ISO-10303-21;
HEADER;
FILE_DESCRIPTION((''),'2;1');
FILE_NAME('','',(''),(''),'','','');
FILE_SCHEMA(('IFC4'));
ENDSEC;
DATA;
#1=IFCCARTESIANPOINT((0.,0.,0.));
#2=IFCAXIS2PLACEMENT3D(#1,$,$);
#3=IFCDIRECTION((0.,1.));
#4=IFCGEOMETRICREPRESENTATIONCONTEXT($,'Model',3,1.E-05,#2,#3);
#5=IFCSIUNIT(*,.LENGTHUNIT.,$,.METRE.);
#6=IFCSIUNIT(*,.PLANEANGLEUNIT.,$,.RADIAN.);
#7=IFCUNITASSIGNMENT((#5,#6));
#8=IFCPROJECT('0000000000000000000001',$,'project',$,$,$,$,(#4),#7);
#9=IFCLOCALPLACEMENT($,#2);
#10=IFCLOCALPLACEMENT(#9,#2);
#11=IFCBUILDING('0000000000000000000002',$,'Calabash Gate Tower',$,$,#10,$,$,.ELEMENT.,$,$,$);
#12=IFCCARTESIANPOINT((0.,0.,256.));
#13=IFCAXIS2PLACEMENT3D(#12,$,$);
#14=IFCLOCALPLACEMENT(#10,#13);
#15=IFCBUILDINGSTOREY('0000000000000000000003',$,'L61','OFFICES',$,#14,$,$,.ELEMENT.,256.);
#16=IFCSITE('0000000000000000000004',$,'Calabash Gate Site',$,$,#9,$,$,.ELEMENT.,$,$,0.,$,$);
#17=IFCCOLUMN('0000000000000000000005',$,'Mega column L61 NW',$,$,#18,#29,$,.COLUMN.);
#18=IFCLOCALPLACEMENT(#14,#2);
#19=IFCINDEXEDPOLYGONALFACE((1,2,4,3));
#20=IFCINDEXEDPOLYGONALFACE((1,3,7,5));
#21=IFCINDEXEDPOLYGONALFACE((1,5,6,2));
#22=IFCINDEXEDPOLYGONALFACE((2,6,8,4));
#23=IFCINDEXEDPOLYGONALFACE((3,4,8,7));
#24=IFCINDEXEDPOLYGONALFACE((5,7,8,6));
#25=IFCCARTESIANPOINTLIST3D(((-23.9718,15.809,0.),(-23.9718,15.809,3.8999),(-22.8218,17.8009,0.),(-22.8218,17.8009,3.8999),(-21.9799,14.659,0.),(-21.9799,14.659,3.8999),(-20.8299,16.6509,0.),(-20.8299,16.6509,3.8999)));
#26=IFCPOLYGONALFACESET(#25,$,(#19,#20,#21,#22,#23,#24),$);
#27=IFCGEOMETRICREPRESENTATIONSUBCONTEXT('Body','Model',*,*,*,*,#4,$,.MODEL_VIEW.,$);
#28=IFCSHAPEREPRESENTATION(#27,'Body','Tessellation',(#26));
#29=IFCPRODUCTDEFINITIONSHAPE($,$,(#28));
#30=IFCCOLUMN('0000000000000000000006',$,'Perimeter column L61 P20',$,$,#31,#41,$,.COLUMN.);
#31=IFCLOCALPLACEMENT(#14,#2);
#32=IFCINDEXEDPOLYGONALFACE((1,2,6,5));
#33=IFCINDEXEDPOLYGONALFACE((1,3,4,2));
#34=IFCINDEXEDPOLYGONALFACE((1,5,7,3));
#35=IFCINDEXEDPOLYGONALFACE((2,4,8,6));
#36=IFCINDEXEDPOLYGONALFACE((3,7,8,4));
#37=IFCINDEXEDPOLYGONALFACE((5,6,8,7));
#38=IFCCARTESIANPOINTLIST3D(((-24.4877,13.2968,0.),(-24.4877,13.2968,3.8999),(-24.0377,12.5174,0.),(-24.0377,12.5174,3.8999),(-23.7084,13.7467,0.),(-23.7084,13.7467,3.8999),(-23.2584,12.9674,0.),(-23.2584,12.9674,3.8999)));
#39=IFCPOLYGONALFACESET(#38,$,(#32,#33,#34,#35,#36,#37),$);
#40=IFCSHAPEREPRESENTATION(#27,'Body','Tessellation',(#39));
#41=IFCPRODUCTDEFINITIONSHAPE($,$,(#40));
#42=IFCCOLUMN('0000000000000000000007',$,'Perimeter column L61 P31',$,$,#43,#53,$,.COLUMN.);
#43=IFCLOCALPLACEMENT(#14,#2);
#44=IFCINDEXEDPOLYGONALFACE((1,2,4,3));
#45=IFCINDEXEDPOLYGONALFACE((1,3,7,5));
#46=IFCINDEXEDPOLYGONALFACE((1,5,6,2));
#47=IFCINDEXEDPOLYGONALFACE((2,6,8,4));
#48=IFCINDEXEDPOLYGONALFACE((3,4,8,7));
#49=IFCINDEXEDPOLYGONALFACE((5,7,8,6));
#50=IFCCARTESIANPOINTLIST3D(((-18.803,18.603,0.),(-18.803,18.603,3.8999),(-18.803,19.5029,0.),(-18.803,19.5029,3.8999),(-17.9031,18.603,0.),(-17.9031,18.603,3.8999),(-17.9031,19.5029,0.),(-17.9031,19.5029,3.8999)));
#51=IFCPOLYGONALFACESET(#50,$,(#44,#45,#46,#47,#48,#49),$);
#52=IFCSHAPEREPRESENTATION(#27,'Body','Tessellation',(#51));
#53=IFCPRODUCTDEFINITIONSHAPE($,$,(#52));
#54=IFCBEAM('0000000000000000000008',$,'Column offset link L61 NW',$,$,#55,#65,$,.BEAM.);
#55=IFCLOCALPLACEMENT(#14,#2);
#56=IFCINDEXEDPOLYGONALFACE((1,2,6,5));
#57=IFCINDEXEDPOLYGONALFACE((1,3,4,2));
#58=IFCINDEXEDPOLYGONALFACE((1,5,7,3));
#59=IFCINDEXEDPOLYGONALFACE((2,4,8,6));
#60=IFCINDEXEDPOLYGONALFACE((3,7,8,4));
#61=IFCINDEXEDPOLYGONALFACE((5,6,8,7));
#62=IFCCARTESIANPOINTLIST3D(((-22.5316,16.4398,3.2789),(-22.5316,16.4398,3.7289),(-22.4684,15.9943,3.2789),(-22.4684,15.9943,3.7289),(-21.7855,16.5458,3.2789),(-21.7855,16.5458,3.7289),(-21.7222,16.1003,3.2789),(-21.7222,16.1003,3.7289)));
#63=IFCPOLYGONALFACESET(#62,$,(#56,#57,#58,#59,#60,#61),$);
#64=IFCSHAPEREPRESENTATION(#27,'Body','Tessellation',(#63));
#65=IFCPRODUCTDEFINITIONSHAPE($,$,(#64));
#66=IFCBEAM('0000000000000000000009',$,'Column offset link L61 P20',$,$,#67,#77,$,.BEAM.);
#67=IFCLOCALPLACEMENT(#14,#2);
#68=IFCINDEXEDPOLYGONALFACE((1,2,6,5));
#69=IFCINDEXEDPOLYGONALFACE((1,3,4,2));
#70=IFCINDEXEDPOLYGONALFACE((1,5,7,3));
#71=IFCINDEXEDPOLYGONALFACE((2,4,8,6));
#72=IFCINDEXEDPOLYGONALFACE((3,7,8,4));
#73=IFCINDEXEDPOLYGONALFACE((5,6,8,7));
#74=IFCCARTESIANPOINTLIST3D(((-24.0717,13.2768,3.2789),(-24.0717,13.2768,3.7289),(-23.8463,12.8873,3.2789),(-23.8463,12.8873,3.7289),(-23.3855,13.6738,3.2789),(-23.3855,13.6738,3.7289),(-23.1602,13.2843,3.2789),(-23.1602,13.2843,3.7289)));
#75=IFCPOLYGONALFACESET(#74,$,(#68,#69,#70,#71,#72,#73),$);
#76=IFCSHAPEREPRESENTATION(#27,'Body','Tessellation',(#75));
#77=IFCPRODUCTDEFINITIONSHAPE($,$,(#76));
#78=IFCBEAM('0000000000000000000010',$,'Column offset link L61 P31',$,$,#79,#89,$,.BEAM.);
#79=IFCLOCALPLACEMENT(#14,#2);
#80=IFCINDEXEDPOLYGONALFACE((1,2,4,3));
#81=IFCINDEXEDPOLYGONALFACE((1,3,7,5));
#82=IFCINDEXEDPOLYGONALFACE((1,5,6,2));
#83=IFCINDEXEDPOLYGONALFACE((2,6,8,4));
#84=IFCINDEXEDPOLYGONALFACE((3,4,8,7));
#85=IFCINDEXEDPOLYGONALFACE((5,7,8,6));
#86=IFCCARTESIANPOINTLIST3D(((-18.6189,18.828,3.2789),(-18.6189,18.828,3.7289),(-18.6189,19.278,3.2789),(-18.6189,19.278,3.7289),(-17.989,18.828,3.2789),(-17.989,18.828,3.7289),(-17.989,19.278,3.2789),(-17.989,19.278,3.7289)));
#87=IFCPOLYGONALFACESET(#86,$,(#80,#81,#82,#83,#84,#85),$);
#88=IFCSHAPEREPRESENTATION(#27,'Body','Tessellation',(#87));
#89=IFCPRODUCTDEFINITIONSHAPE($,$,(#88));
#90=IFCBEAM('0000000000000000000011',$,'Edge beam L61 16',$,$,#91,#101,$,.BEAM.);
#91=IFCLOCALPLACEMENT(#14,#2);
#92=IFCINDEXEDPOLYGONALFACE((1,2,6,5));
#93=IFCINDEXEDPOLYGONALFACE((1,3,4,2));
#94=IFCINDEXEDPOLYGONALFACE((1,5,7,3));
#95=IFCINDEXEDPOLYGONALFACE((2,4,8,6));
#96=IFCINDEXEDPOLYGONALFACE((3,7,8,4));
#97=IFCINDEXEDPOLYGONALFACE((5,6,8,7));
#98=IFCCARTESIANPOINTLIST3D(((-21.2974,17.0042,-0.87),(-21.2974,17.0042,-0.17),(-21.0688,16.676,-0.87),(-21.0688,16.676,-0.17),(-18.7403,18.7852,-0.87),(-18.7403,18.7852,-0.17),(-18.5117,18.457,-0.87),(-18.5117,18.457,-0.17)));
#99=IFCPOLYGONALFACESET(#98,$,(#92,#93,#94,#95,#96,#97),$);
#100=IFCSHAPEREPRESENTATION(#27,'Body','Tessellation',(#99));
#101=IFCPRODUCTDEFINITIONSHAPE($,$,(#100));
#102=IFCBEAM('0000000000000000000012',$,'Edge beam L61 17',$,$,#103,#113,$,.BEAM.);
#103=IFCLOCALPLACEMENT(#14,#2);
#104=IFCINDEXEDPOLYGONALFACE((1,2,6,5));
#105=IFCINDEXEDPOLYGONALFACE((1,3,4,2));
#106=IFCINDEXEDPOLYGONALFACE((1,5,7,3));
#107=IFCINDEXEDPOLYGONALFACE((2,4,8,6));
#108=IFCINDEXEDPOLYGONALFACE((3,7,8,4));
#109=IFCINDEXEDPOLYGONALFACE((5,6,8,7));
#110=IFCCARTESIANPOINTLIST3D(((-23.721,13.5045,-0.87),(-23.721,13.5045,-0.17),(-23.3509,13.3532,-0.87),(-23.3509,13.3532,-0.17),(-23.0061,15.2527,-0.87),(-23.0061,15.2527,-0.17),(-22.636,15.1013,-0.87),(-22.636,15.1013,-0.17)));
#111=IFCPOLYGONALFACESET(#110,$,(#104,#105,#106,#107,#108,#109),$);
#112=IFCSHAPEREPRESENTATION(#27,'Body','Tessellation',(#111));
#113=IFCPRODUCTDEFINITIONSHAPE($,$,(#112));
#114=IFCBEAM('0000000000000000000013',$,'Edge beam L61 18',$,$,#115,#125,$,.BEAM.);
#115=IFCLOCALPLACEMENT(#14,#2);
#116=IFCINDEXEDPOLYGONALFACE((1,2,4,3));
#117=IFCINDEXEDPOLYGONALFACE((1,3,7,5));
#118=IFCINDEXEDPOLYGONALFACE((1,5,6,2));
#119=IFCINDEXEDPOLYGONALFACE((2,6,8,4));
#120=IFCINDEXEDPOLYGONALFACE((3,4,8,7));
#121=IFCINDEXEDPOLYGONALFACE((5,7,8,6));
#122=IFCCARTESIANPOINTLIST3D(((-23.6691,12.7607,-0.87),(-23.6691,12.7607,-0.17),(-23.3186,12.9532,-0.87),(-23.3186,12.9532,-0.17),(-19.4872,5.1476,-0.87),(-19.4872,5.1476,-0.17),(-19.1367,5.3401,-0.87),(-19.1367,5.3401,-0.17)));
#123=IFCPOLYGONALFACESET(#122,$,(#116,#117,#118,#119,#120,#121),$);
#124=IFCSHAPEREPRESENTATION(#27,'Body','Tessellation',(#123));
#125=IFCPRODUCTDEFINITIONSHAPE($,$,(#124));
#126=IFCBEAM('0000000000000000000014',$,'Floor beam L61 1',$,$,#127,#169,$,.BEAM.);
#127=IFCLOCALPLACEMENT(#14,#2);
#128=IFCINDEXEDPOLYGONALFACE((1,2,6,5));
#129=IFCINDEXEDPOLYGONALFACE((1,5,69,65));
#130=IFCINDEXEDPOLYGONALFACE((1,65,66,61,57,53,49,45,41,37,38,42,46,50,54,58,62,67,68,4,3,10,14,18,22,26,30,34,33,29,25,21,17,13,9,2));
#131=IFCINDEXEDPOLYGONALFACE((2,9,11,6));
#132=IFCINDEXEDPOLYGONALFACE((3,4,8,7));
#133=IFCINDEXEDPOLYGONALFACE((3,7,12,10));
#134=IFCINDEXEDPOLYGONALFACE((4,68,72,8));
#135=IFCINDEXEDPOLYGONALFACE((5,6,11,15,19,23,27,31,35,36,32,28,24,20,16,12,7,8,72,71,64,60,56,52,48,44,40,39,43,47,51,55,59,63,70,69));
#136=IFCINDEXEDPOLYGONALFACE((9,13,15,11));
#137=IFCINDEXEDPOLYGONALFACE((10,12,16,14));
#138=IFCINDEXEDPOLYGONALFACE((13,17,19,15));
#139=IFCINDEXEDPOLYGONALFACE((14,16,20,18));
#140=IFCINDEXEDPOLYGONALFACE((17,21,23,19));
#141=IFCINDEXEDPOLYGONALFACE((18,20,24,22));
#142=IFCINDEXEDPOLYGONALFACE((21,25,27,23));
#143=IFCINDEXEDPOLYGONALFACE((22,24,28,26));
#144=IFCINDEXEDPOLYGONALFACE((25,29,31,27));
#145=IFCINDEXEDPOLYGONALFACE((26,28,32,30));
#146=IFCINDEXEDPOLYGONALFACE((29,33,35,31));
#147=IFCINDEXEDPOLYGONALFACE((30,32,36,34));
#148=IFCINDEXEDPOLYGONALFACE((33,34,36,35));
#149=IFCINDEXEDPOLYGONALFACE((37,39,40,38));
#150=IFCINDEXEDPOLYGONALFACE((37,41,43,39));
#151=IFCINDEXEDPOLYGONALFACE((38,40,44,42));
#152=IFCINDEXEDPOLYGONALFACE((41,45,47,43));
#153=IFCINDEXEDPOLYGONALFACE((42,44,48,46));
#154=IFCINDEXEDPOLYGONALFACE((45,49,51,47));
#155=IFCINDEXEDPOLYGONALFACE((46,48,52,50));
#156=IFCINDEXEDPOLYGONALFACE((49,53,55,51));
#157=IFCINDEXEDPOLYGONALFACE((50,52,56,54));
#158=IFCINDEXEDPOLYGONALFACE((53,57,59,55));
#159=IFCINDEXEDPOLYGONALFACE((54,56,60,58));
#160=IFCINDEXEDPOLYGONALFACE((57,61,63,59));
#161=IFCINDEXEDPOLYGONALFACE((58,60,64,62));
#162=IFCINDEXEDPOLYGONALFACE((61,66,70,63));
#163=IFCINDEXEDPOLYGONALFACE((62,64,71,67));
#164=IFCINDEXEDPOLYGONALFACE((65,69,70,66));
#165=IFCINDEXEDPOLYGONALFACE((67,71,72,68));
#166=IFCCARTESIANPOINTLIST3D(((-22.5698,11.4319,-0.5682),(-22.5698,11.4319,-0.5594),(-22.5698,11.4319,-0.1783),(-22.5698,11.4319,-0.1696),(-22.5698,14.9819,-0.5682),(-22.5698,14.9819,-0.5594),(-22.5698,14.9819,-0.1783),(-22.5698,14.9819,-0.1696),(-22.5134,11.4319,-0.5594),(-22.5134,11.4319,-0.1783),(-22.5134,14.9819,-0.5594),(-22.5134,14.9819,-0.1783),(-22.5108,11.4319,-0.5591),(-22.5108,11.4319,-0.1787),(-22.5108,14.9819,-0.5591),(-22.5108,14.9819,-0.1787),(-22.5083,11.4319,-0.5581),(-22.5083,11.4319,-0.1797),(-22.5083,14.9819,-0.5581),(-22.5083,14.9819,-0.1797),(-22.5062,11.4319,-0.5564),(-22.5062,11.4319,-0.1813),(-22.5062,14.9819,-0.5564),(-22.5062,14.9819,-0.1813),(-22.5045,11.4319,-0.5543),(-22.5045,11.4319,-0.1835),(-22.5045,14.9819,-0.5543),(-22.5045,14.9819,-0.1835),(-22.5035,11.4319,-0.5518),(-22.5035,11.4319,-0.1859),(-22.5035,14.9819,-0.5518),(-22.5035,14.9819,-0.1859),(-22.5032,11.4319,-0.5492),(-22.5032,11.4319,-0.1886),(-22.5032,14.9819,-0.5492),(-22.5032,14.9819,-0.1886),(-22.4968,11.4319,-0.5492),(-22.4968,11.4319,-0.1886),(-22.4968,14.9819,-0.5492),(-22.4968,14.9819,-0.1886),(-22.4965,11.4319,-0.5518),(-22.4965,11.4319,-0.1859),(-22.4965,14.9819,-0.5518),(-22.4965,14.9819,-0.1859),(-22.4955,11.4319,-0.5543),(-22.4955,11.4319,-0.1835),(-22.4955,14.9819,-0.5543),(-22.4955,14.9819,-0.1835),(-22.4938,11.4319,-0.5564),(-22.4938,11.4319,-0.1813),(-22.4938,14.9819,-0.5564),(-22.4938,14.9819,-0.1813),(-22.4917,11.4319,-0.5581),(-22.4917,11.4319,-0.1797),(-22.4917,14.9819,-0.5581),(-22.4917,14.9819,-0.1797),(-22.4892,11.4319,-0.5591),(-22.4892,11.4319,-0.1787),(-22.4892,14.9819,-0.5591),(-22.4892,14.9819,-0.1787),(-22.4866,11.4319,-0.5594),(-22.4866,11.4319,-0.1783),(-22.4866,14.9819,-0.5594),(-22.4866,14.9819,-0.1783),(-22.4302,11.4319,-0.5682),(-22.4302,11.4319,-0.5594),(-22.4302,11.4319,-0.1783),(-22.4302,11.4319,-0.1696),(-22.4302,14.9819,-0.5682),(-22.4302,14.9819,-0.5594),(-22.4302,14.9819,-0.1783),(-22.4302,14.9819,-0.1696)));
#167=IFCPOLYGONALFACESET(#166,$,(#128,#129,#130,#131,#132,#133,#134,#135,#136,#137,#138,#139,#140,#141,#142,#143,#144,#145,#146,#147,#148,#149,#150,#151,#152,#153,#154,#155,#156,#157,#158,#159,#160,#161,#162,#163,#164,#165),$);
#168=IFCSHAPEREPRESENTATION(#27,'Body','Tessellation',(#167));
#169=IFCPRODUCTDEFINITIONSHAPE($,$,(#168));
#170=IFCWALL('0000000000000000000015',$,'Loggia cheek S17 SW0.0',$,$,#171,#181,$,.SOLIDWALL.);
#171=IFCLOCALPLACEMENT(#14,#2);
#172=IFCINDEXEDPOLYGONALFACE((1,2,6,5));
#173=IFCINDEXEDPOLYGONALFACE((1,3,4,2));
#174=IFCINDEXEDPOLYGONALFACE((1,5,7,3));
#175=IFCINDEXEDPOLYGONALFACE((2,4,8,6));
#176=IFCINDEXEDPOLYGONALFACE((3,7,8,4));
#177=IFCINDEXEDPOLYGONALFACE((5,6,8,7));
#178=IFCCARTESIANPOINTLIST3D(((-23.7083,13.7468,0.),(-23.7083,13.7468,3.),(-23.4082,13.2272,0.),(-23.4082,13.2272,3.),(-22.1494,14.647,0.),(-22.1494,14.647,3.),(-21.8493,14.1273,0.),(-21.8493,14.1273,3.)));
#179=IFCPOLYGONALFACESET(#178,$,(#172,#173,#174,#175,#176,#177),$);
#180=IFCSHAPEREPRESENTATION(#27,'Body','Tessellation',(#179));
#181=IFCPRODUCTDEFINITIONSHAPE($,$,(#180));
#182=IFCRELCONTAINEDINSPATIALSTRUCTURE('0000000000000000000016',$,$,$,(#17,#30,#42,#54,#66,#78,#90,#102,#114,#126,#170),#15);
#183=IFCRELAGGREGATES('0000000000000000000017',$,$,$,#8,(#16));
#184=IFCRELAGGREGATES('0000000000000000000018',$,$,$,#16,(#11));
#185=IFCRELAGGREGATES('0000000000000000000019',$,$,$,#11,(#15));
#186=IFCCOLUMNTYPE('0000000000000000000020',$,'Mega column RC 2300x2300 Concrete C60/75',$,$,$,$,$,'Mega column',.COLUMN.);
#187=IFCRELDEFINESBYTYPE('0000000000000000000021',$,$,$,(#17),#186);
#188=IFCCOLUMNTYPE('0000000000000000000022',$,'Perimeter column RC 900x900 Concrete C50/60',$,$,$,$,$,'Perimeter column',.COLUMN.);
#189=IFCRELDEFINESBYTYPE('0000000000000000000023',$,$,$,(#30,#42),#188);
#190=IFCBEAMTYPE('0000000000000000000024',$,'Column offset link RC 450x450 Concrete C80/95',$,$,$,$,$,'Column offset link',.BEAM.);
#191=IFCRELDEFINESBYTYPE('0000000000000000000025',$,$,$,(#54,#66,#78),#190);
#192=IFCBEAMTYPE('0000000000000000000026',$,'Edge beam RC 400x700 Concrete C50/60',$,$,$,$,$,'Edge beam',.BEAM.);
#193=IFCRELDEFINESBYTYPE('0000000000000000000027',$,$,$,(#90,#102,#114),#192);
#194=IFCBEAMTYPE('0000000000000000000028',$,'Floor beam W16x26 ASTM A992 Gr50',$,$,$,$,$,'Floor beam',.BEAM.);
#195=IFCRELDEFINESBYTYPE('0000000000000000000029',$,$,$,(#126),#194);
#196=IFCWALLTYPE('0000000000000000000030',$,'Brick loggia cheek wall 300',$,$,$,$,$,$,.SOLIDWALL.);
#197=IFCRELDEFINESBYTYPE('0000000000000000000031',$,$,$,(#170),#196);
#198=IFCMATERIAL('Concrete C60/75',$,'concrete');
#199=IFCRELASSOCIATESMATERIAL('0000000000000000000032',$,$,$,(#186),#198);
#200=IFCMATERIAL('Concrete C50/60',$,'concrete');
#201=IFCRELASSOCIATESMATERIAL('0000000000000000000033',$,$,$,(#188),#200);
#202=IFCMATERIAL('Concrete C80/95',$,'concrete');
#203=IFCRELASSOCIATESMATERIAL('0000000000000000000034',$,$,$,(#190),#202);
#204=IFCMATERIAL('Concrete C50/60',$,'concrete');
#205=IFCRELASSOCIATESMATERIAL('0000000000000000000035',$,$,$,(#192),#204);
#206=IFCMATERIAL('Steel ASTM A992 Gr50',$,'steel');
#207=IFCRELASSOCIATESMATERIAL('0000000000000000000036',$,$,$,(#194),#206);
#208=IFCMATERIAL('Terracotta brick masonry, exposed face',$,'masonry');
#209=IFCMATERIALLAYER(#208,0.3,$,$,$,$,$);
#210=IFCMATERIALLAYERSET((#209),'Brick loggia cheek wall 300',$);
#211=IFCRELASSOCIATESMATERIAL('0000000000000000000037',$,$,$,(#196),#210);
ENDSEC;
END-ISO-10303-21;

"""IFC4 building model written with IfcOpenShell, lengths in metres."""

from ifc_helpers import new_model, si_unit, direction, frame, frame_2d, origin, origin_2d, place, context, subcontext, project, spatial, rectangle, i_section, extrude, material, layer, layer_set, material_profile, profile_set, type_object, element, save


model = new_model("IFC4")

# Units and contexts
model_context = context("Model", 3, precision=1e-05, world=origin(), true_north=direction((0.0, 1.0)))
body_context = subcontext(model_context, "Body", "Model", "MODEL_VIEW")
ifc_project = project(units=[si_unit("LENGTHUNIT", "METRE"), si_unit("PLANEANGLEUNIT", "RADIAN")], contexts=[model_context])

# Site, building, storey
site_placement = place(None, origin())
site = spatial("IfcSite", under=ifc_project, at=site_placement, Name="Calabash Gate Site", CompositionType="ELEMENT", RefElevation=0.0)
building_placement = place(site_placement, origin())
building = spatial("IfcBuilding", under=site, at=building_placement, Name="Calabash Gate Tower", CompositionType="ELEMENT")
storey_placement = place(building_placement, frame((0.0, 0.0, 256.0)))
storey = spatial("IfcBuildingStorey", under=building, at=storey_placement, Name="L61", Description="OFFICES", CompositionType="ELEMENT", Elevation=256.0)

# Columns
ifc_material_1 = material(Name="Concrete C60/75", Category="concrete")
ifc_material_profile_1 = material_profile(ifc_material_1, rectangle(XDim=2.3, YDim=2.3, at=origin_2d()))
ifc_profile_set_1 = profile_set([ifc_material_profile_1], Name="Concrete C60/75")
column_type_1 = type_object("IfcColumnType", Name="Mega column RC 2300x2300 Concrete C60/75", ElementType="Mega column", PredefinedType="COLUMN", material=ifc_profile_set_1)
column_placement = place(storey_placement, frame((-22.4009, 16.23, 0.0), z_axis=(0.0, 0.0, 1.0), x_axis=(0.866025, -0.5, 0.0)))
element("IfcColumn", 1, at=column_placement, inside=storey, type_object=column_type_1, Name="Mega column L61 NW", PredefinedType="COLUMN", context=body_context, shape_type="SweptSolid", body=[
    extrude(rectangle(XDim=2.3, YDim=2.3, at=origin_2d()), origin(), (0.0, 0.0, 1.0), 3.8999),
])
ifc_material_2 = material(Name="Concrete C50/60", Category="concrete")
ifc_material_profile_2 = material_profile(ifc_material_2, rectangle(XDim=0.8999, YDim=0.8999, at=origin_2d()))
ifc_profile_set_2 = profile_set([ifc_material_profile_2], Name="Concrete C50/60")
column_type_2 = type_object("IfcColumnType", Name="Perimeter column RC 900x900 Concrete C50/60", ElementType="Perimeter column", PredefinedType="COLUMN", material=ifc_profile_set_2)
for number, where, z_axis, x_axis, name in (
    (2, (-23.873, 13.1321, 0.0), (0.0, 0.0, 1.0), (0.5, -0.866025, 0.0), "Perimeter column L61 P20"),
    (3, (-18.353, 19.053, 0.0), (0.0, 0.0, 1.0), (-1.0, 0.0, 0.0), "Perimeter column L61 P31"),
):
    element("IfcColumn", number, at=place(storey_placement, frame(where, z_axis=z_axis, x_axis=x_axis)), inside=storey, type_object=column_type_2, Name=name, PredefinedType="COLUMN", context=body_context, shape_type="SweptSolid", body=[
        extrude(rectangle(XDim=0.8999, YDim=0.8999, at=origin_2d()), origin(), (0.0, 0.0, 1.0), 3.8999),
    ])

# Beams
ifc_material_3 = material(Name="Concrete C80/95", Category="concrete")
ifc_material_profile_3 = material_profile(ifc_material_3, rectangle(XDim=0.45, YDim=0.45, at=origin_2d()))
ifc_profile_set_3 = profile_set([ifc_material_profile_3], Name="Concrete C80/95")
beam_type_1 = type_object("IfcBeamType", Name="Column offset link RC 450x450 Concrete C80/95", ElementType="Column offset link", PredefinedType="BEAM", material=ifc_profile_set_3)
beam_1_placement = place(storey_placement, frame((-22.5, 16.217, 3.5039), z_axis=(0.990066, 0.140605, 0.0), x_axis=(-0.140605, 0.990066, 0.0)))
element("IfcBeam", 4, at=beam_1_placement, inside=storey, type_object=beam_type_1, Name="Column offset link L61 NW", PredefinedType="BEAM", context=body_context, shape_type="SweptSolid", body=[
    extrude(rectangle(XDim=0.45, YDim=0.45, at=origin_2d()), origin(), (0.0, 0.0, 1.0), 0.7537),
])
beam_2_placement = place(storey_placement, frame((-23.959, 13.082, 3.5039), z_axis=(0.865539, 0.500842, 0.0), x_axis=(-0.500842, 0.865539, 0.0)))
element("IfcBeam", 5, at=beam_2_placement, inside=storey, type_object=beam_type_1, Name="Column offset link L61 P20", PredefinedType="BEAM", context=body_context, shape_type="SweptSolid", body=[
    extrude(rectangle(XDim=0.45, YDim=0.45, at=origin_2d()), origin(), (0.0, 0.0, 1.0), 0.7927),
])
beam_3_placement = place(storey_placement, frame((-18.6189, 19.053, 3.5039), z_axis=(1.0, 0.0, 0.0), x_axis=(0.0, 1.0, 0.0)))
element("IfcBeam", 6, at=beam_3_placement, inside=storey, type_object=beam_type_1, Name="Column offset link L61 P31", PredefinedType="BEAM", context=body_context, shape_type="SweptSolid", body=[
    extrude(rectangle(XDim=0.45, YDim=0.45, at=origin_2d()), origin(), (0.0, 0.0, 1.0), 0.6299),
])
ifc_material_4 = material(Name="Concrete C50/60", Category="concrete")
ifc_material_profile_4 = material_profile(ifc_material_4, rectangle(XDim=0.3999, YDim=0.7, at=origin_2d()))
ifc_profile_set_4 = profile_set([ifc_material_profile_4], Name="Concrete C50/60")
beam_type_2 = type_object("IfcBeamType", Name="Edge beam RC 400x700 Concrete C50/60", ElementType="Edge beam", PredefinedType="BEAM", material=ifc_profile_set_4)
beam_4_placement = place(storey_placement, frame((-18.626, 18.6211, -0.52), z_axis=(-0.820584, -0.571526, 0.0), x_axis=(0.571526, -0.820584, 0.0)))
element("IfcBeam", 7, at=beam_4_placement, inside=storey, type_object=beam_type_2, Name="Edge beam L61 16", PredefinedType="BEAM", context=body_context, shape_type="SweptSolid", body=[
    extrude(rectangle(XDim=0.3999, YDim=0.7, at=origin_2d()), origin(), (0.0, 0.0, 1.0), 3.1162),
])
beam_5_placement = place(storey_placement, frame((-22.821, 15.177, -0.52), z_axis=(-0.378512, -0.925596, 0.0), x_axis=(0.925596, -0.378512, 0.0)))
element("IfcBeam", 8, at=beam_5_placement, inside=storey, type_object=beam_type_2, Name="Edge beam L61 17", PredefinedType="BEAM", context=body_context, shape_type="SweptSolid", body=[
    extrude(rectangle(XDim=0.3999, YDim=0.7, at=origin_2d()), origin(), (0.0, 0.0, 1.0), 1.8887),
])
beam_6_placement = place(storey_placement, frame((-23.4939, 12.8569, -0.52), z_axis=(0.481451, -0.876473, 0.0), x_axis=(0.876473, 0.481451, 0.0)))
element("IfcBeam", 9, at=beam_6_placement, inside=storey, type_object=beam_type_2, Name="Edge beam L61 18", PredefinedType="BEAM", context=body_context, shape_type="SweptSolid", body=[
    extrude(rectangle(XDim=0.3999, YDim=0.7, at=origin_2d()), origin(), (0.0, 0.0, 1.0), 8.686),
])
ifc_material_5 = material(Name="Steel ASTM A992 Gr50", Category="steel")
ifc_material_profile_5 = material_profile(ifc_material_5, i_section(OverallWidth=0.1396, OverallDepth=0.3987, WebThickness=0.0063, FlangeThickness=0.0088, FilletRadius=0.0103, at=origin_2d()))
ifc_profile_set_5 = profile_set([ifc_material_profile_5], Name="Steel ASTM A992 Gr50")
beam_type_3 = type_object("IfcBeamType", Name="Floor beam W16x26 ASTM A992 Gr50", ElementType="Floor beam", PredefinedType="BEAM", material=ifc_profile_set_5)
beam_7_placement = place(storey_placement, frame((-22.5, 11.4319, -0.3689), z_axis=(0.0, 1.0, 0.0), x_axis=(-1.0, 0.0, 0.0)))
element("IfcBeam", 10, at=beam_7_placement, inside=storey, type_object=beam_type_3, Name="Floor beam L61 1", PredefinedType="BEAM", context=body_context, shape_type="SweptSolid", body=[
    extrude(i_section(OverallWidth=0.1396, OverallDepth=0.3987, WebThickness=0.0063, FlangeThickness=0.0088, FilletRadius=0.0103, at=origin_2d()), origin(), (0.0, 0.0, 1.0), 3.55),
])

# Wall
ifc_material_6 = material(Name="Terracotta brick masonry, exposed face", Category="masonry")
ifc_layer_1 = layer(ifc_material_6, 0.3)
ifc_layer_set_1 = layer_set([ifc_layer_1], Name="Brick loggia cheek wall 300")
wall_type_1 = type_object("IfcWallType", Name="Brick loggia cheek wall 300", PredefinedType="SOLIDWALL", material=ifc_layer_set_1)
wall_1_placement = place(storey_placement, frame((-23.5581, 13.4871, 0.0), z_axis=(0.0, 0.0, 1.0), x_axis=(0.865989, 0.500063, 0.0)))
element("IfcWall", 11, at=wall_1_placement, inside=storey, type_object=wall_type_1, Name="Loggia cheek S17 SW0.0", PredefinedType="SOLIDWALL", context=body_context, shape_type="SweptSolid", body=[
    extrude(rectangle(XDim=1.8, YDim=0.6001, at=frame_2d((0.8999, 0.0))), origin(), (0.0, 0.0, 1.0), 3.0),
])

save(model, "model.ifc")
